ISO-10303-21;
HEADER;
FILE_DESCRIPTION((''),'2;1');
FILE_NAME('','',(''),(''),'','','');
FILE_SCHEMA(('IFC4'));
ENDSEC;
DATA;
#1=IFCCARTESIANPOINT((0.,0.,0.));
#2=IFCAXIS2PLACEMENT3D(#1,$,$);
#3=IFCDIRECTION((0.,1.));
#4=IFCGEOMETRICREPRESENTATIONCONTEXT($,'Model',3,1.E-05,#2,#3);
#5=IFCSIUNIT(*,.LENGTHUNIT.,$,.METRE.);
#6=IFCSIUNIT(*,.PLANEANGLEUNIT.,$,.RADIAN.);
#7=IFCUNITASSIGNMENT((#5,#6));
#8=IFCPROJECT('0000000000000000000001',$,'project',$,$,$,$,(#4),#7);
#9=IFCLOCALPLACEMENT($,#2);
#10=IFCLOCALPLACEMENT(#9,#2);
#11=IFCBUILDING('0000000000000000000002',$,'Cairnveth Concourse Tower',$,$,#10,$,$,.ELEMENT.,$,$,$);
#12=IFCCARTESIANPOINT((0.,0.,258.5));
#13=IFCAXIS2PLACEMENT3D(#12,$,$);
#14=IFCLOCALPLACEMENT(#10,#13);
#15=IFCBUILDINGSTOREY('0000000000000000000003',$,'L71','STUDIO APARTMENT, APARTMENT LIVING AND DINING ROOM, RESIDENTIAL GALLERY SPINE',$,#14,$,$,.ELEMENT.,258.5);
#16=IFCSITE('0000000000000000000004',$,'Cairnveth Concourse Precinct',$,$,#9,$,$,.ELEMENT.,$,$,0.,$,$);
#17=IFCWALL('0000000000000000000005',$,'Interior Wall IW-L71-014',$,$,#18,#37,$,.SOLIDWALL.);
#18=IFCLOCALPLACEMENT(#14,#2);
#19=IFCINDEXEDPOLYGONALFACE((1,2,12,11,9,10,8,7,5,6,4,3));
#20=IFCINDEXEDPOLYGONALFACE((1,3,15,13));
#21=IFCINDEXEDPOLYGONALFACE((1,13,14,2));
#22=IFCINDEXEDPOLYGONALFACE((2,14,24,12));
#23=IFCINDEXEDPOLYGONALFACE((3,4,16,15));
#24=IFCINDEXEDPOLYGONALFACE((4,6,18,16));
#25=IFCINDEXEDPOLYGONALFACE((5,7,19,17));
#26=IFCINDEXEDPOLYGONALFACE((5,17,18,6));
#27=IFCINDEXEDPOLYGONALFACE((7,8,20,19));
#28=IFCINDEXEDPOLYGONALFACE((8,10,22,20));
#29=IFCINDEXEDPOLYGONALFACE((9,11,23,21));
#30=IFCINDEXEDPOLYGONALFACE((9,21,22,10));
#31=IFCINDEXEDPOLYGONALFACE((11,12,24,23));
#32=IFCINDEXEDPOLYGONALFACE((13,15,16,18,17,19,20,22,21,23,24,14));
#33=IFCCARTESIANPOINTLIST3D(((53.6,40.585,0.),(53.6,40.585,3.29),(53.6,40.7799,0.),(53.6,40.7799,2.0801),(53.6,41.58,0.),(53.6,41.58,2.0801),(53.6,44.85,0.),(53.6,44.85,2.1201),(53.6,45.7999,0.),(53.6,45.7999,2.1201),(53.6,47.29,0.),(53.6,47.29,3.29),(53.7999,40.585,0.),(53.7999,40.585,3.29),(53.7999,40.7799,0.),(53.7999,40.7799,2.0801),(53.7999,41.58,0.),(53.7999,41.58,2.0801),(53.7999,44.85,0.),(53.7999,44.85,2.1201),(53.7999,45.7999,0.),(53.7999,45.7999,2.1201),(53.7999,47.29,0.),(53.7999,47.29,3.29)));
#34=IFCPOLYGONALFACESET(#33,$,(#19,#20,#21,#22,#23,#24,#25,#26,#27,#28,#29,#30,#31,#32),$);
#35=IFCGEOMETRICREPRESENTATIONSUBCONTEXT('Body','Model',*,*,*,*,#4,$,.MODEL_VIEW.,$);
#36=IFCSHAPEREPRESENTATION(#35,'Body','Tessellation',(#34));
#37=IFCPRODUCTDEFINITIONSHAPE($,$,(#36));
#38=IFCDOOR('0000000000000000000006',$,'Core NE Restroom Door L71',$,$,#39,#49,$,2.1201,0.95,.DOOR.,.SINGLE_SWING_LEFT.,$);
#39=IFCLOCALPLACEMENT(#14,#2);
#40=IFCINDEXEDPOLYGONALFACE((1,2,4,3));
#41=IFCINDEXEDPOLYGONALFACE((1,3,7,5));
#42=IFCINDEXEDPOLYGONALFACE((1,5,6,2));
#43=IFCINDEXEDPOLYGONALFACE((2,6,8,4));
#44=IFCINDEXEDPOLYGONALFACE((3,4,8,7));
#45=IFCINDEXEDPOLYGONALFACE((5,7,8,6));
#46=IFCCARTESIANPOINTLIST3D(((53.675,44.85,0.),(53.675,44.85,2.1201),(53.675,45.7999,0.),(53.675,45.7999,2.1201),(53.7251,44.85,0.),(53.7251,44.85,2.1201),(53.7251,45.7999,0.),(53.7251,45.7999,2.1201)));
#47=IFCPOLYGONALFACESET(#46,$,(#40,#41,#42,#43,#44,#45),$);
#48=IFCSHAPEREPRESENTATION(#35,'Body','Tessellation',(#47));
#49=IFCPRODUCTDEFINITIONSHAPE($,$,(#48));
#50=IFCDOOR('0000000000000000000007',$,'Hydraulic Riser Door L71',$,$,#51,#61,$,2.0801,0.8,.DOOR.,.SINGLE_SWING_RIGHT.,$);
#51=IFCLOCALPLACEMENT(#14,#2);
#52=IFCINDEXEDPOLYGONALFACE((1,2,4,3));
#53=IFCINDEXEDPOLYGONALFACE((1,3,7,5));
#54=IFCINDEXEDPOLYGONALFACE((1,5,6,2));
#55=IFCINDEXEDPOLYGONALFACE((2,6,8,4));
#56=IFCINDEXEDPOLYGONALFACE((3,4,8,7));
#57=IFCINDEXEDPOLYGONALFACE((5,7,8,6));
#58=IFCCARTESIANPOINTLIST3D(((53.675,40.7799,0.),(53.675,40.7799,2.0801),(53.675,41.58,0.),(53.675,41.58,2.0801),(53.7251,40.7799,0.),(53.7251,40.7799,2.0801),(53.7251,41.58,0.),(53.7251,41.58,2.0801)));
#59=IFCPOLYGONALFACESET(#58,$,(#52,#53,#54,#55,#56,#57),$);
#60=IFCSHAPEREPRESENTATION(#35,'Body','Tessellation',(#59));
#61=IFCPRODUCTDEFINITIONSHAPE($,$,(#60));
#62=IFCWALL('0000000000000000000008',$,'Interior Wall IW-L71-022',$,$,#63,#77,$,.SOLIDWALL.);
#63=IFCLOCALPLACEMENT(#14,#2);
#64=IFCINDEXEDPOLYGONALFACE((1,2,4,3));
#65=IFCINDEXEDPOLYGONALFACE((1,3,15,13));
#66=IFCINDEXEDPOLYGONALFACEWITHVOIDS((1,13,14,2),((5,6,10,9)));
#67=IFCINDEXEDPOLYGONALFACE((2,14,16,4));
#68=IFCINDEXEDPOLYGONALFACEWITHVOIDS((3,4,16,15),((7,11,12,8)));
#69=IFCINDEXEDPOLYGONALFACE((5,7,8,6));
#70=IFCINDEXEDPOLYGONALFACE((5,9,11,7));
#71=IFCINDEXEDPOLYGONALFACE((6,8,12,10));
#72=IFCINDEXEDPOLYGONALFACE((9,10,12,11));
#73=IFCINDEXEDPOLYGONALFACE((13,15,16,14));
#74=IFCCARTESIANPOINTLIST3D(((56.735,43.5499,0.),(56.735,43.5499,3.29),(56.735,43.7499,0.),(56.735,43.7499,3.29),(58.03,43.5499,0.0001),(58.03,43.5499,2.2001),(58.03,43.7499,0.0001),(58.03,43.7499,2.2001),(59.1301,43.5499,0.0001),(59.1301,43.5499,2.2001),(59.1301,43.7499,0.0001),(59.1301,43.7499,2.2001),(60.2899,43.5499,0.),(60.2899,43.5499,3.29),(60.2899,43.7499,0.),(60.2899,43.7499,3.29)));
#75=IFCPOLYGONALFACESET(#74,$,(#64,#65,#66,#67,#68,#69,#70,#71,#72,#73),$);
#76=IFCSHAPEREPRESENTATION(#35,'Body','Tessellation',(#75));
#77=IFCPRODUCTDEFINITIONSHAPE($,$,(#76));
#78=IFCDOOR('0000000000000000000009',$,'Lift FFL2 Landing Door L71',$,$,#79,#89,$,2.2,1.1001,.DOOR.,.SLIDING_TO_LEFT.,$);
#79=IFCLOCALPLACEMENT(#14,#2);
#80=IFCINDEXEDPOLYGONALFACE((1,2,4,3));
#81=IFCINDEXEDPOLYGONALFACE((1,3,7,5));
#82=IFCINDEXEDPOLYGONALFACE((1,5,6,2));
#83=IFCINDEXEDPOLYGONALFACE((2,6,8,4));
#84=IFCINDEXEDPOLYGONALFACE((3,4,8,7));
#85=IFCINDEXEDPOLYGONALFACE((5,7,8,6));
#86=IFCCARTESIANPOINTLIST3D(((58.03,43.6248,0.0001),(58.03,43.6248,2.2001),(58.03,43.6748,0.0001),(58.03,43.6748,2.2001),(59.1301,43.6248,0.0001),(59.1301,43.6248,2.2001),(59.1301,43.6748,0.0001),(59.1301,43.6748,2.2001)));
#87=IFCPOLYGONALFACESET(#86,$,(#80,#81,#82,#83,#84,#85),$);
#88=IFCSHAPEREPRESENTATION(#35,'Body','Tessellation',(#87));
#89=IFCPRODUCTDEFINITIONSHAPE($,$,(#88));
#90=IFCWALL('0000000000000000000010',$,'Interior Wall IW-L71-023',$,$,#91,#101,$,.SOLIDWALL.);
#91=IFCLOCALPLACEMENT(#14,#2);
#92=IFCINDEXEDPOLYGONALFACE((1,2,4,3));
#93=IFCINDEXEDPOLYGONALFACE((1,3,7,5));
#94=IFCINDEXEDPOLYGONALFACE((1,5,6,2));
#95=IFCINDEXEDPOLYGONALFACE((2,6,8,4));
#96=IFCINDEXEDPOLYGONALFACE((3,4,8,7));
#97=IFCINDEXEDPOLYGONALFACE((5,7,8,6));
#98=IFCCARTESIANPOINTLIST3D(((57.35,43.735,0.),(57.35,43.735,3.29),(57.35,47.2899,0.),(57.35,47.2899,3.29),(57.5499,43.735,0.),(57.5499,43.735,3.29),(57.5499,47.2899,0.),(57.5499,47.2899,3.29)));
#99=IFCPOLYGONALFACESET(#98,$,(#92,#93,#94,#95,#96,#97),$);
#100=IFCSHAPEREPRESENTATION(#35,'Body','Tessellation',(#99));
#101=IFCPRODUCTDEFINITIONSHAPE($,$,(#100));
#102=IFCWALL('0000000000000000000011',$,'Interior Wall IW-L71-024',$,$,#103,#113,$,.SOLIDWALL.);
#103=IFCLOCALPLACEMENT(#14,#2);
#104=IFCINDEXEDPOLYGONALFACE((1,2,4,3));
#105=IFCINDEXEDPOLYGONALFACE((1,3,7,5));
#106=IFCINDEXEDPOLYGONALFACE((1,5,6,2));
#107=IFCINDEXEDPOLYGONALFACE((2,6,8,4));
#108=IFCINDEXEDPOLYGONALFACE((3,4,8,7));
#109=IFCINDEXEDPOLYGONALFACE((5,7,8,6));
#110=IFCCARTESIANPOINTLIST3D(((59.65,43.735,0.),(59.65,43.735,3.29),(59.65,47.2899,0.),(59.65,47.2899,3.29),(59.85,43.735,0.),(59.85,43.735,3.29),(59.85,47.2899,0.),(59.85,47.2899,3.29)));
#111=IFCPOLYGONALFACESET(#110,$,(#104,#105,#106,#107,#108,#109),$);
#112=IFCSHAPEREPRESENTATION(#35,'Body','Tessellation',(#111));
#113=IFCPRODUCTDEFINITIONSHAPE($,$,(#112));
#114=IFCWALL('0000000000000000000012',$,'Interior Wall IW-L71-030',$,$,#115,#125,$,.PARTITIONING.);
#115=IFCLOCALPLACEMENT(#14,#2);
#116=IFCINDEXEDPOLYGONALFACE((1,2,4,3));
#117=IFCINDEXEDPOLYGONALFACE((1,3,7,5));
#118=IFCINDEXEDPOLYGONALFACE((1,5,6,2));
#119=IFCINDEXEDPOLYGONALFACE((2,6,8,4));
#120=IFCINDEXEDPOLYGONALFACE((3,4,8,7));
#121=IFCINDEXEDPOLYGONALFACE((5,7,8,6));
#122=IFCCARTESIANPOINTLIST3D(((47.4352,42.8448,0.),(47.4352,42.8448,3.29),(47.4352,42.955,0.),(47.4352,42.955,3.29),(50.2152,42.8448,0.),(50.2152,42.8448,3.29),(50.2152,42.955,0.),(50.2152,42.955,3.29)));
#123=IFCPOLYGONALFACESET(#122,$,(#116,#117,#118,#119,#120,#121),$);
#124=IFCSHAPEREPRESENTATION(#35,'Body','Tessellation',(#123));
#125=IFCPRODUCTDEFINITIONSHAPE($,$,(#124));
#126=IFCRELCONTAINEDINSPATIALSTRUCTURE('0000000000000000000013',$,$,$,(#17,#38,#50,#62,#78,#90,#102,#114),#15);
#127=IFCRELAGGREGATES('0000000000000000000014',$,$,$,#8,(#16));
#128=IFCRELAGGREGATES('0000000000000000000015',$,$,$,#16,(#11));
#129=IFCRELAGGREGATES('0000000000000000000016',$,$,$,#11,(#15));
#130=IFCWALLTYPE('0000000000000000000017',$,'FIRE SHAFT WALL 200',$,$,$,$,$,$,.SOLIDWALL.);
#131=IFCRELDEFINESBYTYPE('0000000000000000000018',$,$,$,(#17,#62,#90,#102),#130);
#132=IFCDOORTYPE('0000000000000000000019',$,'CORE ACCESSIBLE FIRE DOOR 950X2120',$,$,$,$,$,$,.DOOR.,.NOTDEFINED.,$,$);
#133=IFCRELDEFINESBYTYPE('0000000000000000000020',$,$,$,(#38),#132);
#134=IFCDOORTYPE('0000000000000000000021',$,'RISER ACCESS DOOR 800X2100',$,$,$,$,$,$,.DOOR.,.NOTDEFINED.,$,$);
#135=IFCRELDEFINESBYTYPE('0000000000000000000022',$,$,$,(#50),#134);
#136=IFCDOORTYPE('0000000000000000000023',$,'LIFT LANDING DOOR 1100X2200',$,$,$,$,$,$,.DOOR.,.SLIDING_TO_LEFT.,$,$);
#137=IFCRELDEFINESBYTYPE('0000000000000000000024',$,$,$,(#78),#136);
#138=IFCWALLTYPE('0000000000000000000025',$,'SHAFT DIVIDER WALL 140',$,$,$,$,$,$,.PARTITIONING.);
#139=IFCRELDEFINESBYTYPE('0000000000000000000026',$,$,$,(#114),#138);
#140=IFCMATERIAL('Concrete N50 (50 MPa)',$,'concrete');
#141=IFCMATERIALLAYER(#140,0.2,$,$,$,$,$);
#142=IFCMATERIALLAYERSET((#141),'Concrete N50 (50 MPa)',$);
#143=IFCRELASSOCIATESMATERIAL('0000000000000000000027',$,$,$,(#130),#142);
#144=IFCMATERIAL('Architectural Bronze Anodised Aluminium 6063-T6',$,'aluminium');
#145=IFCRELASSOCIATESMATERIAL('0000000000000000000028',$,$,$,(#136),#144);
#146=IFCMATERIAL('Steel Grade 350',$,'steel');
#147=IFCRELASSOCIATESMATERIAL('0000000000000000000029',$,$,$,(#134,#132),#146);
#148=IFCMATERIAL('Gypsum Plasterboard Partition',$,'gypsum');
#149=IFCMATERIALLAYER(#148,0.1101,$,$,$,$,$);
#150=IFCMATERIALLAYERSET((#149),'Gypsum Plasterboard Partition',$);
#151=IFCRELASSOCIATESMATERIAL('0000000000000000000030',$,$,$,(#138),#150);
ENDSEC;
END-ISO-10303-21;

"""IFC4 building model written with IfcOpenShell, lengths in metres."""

from ifc_helpers import new_model, si_unit, direction, frame, frame_2d, origin, place, context, subcontext, project, spatial, rectangle, extrude, material, layer, layer_set, type_object, element, fill, save


model = new_model("IFC4")

# Units and contexts
model_context = context("Model", 3, precision=1e-05, world=origin(), true_north=direction((0.0, 1.0)))
body_context = subcontext(model_context, "Body", "Model", "MODEL_VIEW")
ifc_project = project(units=[si_unit("LENGTHUNIT", "METRE"), si_unit("PLANEANGLEUNIT", "RADIAN")], contexts=[model_context])

# Site, building, storey
site_placement = place(None, origin())
site = spatial("IfcSite", under=ifc_project, at=site_placement, Name="Cairnveth Concourse Precinct", CompositionType="ELEMENT", RefElevation=0.0)
building_placement = place(site_placement, origin())
building = spatial("IfcBuilding", under=site, at=building_placement, Name="Cairnveth Concourse Tower", CompositionType="ELEMENT")
storey_placement = place(building_placement, frame((0.0, 0.0, 258.5)))
storey = spatial("IfcBuildingStorey", under=building, at=storey_placement, Name="L71", Description="STUDIO APARTMENT, APARTMENT LIVING AND DINING ROOM, RESIDENTIAL GALLERY SPINE", CompositionType="ELEMENT", Elevation=258.5)

# Shared definitions
ifc_material_1 = material(Name="Concrete N50 (50 MPa)", Category="concrete")

# Shared definitions
ifc_material_2 = material(Name="Steel Grade 350", Category="steel")

# Shared definitions
ifc_layer_1 = layer(ifc_material_1, 0.2)
ifc_layer_set_1 = layer_set([ifc_layer_1], Name="Concrete N50 (50 MPa)")
wall_type_1 = type_object("IfcWallType", Name="FIRE SHAFT WALL 200", PredefinedType="SOLIDWALL", material=ifc_layer_set_1)

# Wall, openings, doors
ifc_material_3 = material(Name="Architectural Bronze Anodised Aluminium 6063-T6", Category="aluminium")
door_type_1 = type_object("IfcDoorType", Name="LIFT LANDING DOOR 1100X2200", OperationType="SLIDING_TO_LEFT", PredefinedType="DOOR", material=ifc_material_3)
door_type_2 = type_object("IfcDoorType", Name="RISER ACCESS DOOR 800X2100", OperationType="NOTDEFINED", PredefinedType="DOOR", material=ifc_material_2)
wall_1_placement = place(storey_placement, frame((53.7, 40.585, 0.0), z_axis=(0.0, 0.0, 1.0), x_axis=(0.0, 1.0, 0.0)))
wall_1 = element("IfcWall", 1, at=wall_1_placement, inside=storey, type_object=wall_type_1, Name="Interior Wall IW-L71-014", PredefinedType="SOLIDWALL", context=body_context, shape_type="SweptSolid", body=[
    extrude(rectangle(XDim=6.7051, YDim=0.2, at=frame_2d((3.3525, 0.0))), origin(), (0.0, 0.0, 1.0), 3.29),
])
opening_1_placement = place(wall_1_placement, frame((0.1951, 0.0, 0.0)))
opening_1 = element("IfcOpeningElement", 2, at=opening_1_placement, cuts=wall_1, PredefinedType="OPENING", context=body_context, shape_type="SweptSolid", body=[
    extrude(rectangle(XDim=0.8, YDim=2.0801, at=frame_2d((0.3999, 1.04))), frame((0.0, 0.1099, 0.0), z_axis=(0.0, -1.0, 0.0), x_axis=(1.0, 0.0, 0.0)), (0.0, 0.0, 1.0), 0.22),
])
opening_2_placement = place(wall_1_placement, frame((4.2649, 0.0, 0.0)))
opening_2 = element("IfcOpeningElement", 3, at=opening_2_placement, cuts=wall_1, PredefinedType="OPENING", context=body_context, shape_type="SweptSolid", body=[
    extrude(rectangle(XDim=0.95, YDim=2.1201, at=frame_2d((0.4751, 1.0601))), frame((0.0, 0.1099, 0.0), z_axis=(0.0, -1.0, 0.0), x_axis=(1.0, 0.0, 0.0)), (0.0, 0.0, 1.0), 0.22),
])
door_type_3 = type_object("IfcDoorType", Name="CORE ACCESSIBLE FIRE DOOR 950X2120", OperationType="NOTDEFINED", PredefinedType="DOOR", material=ifc_material_2)
door_1_placement = place(opening_2_placement, origin())
door_1 = element("IfcDoor", 4, at=door_1_placement, inside=storey, type_object=door_type_3, Name="Core NE Restroom Door L71", OperationType="SINGLE_SWING_LEFT", OverallHeight=2.1201, OverallWidth=0.95, PredefinedType="DOOR", context=body_context, shape_type="SweptSolid", body=[
    extrude(rectangle(XDim=0.95, YDim=2.1201, at=frame_2d((0.4751, 1.0601))), frame((0.0, 0.0249, 0.0), z_axis=(0.0, -1.0, 0.0), x_axis=(1.0, 0.0, 0.0)), (0.0, 0.0, 1.0), 0.05),
])
fill(opening_2, door_1)
door_2_placement = place(opening_1_placement, origin())
door_2 = element("IfcDoor", 5, at=door_2_placement, inside=storey, type_object=door_type_2, Name="Hydraulic Riser Door L71", OperationType="SINGLE_SWING_RIGHT", OverallHeight=2.0801, OverallWidth=0.8, PredefinedType="DOOR", context=body_context, shape_type="SweptSolid", body=[
    extrude(rectangle(XDim=0.8, YDim=2.0801, at=frame_2d((0.3999, 1.04))), frame((0.0, 0.0249, 0.0), z_axis=(0.0, -1.0, 0.0), x_axis=(1.0, 0.0, 0.0)), (0.0, 0.0, 1.0), 0.05),
])
fill(opening_1, door_2)

# Wall, opening, door
wall_2_placement = place(storey_placement, frame((56.7351, 43.6499, 0.0), z_axis=(0.0, 0.0, 1.0), x_axis=(1.0, 0.0, 0.0)))
wall_2 = element("IfcWall", 6, at=wall_2_placement, inside=storey, type_object=wall_type_1, Name="Interior Wall IW-L71-022", PredefinedType="SOLIDWALL", context=body_context, shape_type="SweptSolid", body=[
    extrude(rectangle(XDim=3.5549, YDim=0.2, at=frame_2d((1.7773, 0.0))), origin(), (0.0, 0.0, 1.0), 3.29),
])
opening_3_placement = place(wall_2_placement, frame((1.2949, 0.0, 0.0)))
opening_3 = element("IfcOpeningElement", 7, at=opening_3_placement, cuts=wall_2, PredefinedType="OPENING", context=body_context, shape_type="SweptSolid", body=[
    extrude(rectangle(XDim=1.1001, YDim=2.2, at=frame_2d((0.55, 1.1001))), frame((0.0, 0.1099, 0.0), z_axis=(0.0, -1.0, 0.0), x_axis=(1.0, 0.0, 0.0)), (0.0, 0.0, 1.0), 0.22),
])
door_3_placement = place(opening_3_placement, origin())
door_3 = element("IfcDoor", 8, at=door_3_placement, inside=storey, type_object=door_type_1, Name="Lift FFL2 Landing Door L71", OperationType="SLIDING_TO_LEFT", OverallHeight=2.2, OverallWidth=1.1001, PredefinedType="DOOR", context=body_context, shape_type="SweptSolid", body=[
    extrude(rectangle(XDim=1.1001, YDim=2.2, at=frame_2d((0.55, 1.1001))), frame((0.0, 0.0249, 0.0), z_axis=(0.0, -1.0, 0.0), x_axis=(1.0, 0.0, 0.0)), (0.0, 0.0, 1.0), 0.05),
])
fill(opening_3, door_3)

# Walls
for number, where, z_axis, x_axis, name in (
    (9, (57.45, 43.7351, 0.0), (0.0, 0.0, 1.0), (0.0, 1.0, 0.0), "Interior Wall IW-L71-023"),
    (10, (59.75, 43.7351, 0.0), (0.0, 0.0, 1.0), (0.0, 1.0, 0.0), "Interior Wall IW-L71-024"),
):
    element("IfcWall", number, at=place(storey_placement, frame(where, z_axis=z_axis, x_axis=x_axis)), inside=storey, type_object=wall_type_1, Name=name, PredefinedType="SOLIDWALL", context=body_context, shape_type="SweptSolid", body=[
        extrude(rectangle(XDim=3.5549, YDim=0.2, at=frame_2d((1.7773, 0.0))), origin(), (0.0, 0.0, 1.0), 3.29),
    ])
ifc_material_4 = material(Name="Gypsum Plasterboard Partition", Category="gypsum")
ifc_layer_2 = layer(ifc_material_4, 0.1101)
ifc_layer_set_2 = layer_set([ifc_layer_2], Name="Gypsum Plasterboard Partition")
wall_type_2 = type_object("IfcWallType", Name="SHAFT DIVIDER WALL 140", PredefinedType="PARTITIONING", material=ifc_layer_set_2)
wall_3_placement = place(storey_placement, frame((47.4351, 42.8999, 0.0), z_axis=(0.0, 0.0, 1.0), x_axis=(1.0, 0.0, 0.0)))
element("IfcWall", 11, at=wall_3_placement, inside=storey, type_object=wall_type_2, Name="Interior Wall IW-L71-030", PredefinedType="PARTITIONING", context=body_context, shape_type="SweptSolid", body=[
    extrude(rectangle(XDim=2.78, YDim=0.1101, at=frame_2d((1.3901, 0.0))), origin(), (0.0, 0.0, 1.0), 3.29),
])

save(model, "model.ifc")
